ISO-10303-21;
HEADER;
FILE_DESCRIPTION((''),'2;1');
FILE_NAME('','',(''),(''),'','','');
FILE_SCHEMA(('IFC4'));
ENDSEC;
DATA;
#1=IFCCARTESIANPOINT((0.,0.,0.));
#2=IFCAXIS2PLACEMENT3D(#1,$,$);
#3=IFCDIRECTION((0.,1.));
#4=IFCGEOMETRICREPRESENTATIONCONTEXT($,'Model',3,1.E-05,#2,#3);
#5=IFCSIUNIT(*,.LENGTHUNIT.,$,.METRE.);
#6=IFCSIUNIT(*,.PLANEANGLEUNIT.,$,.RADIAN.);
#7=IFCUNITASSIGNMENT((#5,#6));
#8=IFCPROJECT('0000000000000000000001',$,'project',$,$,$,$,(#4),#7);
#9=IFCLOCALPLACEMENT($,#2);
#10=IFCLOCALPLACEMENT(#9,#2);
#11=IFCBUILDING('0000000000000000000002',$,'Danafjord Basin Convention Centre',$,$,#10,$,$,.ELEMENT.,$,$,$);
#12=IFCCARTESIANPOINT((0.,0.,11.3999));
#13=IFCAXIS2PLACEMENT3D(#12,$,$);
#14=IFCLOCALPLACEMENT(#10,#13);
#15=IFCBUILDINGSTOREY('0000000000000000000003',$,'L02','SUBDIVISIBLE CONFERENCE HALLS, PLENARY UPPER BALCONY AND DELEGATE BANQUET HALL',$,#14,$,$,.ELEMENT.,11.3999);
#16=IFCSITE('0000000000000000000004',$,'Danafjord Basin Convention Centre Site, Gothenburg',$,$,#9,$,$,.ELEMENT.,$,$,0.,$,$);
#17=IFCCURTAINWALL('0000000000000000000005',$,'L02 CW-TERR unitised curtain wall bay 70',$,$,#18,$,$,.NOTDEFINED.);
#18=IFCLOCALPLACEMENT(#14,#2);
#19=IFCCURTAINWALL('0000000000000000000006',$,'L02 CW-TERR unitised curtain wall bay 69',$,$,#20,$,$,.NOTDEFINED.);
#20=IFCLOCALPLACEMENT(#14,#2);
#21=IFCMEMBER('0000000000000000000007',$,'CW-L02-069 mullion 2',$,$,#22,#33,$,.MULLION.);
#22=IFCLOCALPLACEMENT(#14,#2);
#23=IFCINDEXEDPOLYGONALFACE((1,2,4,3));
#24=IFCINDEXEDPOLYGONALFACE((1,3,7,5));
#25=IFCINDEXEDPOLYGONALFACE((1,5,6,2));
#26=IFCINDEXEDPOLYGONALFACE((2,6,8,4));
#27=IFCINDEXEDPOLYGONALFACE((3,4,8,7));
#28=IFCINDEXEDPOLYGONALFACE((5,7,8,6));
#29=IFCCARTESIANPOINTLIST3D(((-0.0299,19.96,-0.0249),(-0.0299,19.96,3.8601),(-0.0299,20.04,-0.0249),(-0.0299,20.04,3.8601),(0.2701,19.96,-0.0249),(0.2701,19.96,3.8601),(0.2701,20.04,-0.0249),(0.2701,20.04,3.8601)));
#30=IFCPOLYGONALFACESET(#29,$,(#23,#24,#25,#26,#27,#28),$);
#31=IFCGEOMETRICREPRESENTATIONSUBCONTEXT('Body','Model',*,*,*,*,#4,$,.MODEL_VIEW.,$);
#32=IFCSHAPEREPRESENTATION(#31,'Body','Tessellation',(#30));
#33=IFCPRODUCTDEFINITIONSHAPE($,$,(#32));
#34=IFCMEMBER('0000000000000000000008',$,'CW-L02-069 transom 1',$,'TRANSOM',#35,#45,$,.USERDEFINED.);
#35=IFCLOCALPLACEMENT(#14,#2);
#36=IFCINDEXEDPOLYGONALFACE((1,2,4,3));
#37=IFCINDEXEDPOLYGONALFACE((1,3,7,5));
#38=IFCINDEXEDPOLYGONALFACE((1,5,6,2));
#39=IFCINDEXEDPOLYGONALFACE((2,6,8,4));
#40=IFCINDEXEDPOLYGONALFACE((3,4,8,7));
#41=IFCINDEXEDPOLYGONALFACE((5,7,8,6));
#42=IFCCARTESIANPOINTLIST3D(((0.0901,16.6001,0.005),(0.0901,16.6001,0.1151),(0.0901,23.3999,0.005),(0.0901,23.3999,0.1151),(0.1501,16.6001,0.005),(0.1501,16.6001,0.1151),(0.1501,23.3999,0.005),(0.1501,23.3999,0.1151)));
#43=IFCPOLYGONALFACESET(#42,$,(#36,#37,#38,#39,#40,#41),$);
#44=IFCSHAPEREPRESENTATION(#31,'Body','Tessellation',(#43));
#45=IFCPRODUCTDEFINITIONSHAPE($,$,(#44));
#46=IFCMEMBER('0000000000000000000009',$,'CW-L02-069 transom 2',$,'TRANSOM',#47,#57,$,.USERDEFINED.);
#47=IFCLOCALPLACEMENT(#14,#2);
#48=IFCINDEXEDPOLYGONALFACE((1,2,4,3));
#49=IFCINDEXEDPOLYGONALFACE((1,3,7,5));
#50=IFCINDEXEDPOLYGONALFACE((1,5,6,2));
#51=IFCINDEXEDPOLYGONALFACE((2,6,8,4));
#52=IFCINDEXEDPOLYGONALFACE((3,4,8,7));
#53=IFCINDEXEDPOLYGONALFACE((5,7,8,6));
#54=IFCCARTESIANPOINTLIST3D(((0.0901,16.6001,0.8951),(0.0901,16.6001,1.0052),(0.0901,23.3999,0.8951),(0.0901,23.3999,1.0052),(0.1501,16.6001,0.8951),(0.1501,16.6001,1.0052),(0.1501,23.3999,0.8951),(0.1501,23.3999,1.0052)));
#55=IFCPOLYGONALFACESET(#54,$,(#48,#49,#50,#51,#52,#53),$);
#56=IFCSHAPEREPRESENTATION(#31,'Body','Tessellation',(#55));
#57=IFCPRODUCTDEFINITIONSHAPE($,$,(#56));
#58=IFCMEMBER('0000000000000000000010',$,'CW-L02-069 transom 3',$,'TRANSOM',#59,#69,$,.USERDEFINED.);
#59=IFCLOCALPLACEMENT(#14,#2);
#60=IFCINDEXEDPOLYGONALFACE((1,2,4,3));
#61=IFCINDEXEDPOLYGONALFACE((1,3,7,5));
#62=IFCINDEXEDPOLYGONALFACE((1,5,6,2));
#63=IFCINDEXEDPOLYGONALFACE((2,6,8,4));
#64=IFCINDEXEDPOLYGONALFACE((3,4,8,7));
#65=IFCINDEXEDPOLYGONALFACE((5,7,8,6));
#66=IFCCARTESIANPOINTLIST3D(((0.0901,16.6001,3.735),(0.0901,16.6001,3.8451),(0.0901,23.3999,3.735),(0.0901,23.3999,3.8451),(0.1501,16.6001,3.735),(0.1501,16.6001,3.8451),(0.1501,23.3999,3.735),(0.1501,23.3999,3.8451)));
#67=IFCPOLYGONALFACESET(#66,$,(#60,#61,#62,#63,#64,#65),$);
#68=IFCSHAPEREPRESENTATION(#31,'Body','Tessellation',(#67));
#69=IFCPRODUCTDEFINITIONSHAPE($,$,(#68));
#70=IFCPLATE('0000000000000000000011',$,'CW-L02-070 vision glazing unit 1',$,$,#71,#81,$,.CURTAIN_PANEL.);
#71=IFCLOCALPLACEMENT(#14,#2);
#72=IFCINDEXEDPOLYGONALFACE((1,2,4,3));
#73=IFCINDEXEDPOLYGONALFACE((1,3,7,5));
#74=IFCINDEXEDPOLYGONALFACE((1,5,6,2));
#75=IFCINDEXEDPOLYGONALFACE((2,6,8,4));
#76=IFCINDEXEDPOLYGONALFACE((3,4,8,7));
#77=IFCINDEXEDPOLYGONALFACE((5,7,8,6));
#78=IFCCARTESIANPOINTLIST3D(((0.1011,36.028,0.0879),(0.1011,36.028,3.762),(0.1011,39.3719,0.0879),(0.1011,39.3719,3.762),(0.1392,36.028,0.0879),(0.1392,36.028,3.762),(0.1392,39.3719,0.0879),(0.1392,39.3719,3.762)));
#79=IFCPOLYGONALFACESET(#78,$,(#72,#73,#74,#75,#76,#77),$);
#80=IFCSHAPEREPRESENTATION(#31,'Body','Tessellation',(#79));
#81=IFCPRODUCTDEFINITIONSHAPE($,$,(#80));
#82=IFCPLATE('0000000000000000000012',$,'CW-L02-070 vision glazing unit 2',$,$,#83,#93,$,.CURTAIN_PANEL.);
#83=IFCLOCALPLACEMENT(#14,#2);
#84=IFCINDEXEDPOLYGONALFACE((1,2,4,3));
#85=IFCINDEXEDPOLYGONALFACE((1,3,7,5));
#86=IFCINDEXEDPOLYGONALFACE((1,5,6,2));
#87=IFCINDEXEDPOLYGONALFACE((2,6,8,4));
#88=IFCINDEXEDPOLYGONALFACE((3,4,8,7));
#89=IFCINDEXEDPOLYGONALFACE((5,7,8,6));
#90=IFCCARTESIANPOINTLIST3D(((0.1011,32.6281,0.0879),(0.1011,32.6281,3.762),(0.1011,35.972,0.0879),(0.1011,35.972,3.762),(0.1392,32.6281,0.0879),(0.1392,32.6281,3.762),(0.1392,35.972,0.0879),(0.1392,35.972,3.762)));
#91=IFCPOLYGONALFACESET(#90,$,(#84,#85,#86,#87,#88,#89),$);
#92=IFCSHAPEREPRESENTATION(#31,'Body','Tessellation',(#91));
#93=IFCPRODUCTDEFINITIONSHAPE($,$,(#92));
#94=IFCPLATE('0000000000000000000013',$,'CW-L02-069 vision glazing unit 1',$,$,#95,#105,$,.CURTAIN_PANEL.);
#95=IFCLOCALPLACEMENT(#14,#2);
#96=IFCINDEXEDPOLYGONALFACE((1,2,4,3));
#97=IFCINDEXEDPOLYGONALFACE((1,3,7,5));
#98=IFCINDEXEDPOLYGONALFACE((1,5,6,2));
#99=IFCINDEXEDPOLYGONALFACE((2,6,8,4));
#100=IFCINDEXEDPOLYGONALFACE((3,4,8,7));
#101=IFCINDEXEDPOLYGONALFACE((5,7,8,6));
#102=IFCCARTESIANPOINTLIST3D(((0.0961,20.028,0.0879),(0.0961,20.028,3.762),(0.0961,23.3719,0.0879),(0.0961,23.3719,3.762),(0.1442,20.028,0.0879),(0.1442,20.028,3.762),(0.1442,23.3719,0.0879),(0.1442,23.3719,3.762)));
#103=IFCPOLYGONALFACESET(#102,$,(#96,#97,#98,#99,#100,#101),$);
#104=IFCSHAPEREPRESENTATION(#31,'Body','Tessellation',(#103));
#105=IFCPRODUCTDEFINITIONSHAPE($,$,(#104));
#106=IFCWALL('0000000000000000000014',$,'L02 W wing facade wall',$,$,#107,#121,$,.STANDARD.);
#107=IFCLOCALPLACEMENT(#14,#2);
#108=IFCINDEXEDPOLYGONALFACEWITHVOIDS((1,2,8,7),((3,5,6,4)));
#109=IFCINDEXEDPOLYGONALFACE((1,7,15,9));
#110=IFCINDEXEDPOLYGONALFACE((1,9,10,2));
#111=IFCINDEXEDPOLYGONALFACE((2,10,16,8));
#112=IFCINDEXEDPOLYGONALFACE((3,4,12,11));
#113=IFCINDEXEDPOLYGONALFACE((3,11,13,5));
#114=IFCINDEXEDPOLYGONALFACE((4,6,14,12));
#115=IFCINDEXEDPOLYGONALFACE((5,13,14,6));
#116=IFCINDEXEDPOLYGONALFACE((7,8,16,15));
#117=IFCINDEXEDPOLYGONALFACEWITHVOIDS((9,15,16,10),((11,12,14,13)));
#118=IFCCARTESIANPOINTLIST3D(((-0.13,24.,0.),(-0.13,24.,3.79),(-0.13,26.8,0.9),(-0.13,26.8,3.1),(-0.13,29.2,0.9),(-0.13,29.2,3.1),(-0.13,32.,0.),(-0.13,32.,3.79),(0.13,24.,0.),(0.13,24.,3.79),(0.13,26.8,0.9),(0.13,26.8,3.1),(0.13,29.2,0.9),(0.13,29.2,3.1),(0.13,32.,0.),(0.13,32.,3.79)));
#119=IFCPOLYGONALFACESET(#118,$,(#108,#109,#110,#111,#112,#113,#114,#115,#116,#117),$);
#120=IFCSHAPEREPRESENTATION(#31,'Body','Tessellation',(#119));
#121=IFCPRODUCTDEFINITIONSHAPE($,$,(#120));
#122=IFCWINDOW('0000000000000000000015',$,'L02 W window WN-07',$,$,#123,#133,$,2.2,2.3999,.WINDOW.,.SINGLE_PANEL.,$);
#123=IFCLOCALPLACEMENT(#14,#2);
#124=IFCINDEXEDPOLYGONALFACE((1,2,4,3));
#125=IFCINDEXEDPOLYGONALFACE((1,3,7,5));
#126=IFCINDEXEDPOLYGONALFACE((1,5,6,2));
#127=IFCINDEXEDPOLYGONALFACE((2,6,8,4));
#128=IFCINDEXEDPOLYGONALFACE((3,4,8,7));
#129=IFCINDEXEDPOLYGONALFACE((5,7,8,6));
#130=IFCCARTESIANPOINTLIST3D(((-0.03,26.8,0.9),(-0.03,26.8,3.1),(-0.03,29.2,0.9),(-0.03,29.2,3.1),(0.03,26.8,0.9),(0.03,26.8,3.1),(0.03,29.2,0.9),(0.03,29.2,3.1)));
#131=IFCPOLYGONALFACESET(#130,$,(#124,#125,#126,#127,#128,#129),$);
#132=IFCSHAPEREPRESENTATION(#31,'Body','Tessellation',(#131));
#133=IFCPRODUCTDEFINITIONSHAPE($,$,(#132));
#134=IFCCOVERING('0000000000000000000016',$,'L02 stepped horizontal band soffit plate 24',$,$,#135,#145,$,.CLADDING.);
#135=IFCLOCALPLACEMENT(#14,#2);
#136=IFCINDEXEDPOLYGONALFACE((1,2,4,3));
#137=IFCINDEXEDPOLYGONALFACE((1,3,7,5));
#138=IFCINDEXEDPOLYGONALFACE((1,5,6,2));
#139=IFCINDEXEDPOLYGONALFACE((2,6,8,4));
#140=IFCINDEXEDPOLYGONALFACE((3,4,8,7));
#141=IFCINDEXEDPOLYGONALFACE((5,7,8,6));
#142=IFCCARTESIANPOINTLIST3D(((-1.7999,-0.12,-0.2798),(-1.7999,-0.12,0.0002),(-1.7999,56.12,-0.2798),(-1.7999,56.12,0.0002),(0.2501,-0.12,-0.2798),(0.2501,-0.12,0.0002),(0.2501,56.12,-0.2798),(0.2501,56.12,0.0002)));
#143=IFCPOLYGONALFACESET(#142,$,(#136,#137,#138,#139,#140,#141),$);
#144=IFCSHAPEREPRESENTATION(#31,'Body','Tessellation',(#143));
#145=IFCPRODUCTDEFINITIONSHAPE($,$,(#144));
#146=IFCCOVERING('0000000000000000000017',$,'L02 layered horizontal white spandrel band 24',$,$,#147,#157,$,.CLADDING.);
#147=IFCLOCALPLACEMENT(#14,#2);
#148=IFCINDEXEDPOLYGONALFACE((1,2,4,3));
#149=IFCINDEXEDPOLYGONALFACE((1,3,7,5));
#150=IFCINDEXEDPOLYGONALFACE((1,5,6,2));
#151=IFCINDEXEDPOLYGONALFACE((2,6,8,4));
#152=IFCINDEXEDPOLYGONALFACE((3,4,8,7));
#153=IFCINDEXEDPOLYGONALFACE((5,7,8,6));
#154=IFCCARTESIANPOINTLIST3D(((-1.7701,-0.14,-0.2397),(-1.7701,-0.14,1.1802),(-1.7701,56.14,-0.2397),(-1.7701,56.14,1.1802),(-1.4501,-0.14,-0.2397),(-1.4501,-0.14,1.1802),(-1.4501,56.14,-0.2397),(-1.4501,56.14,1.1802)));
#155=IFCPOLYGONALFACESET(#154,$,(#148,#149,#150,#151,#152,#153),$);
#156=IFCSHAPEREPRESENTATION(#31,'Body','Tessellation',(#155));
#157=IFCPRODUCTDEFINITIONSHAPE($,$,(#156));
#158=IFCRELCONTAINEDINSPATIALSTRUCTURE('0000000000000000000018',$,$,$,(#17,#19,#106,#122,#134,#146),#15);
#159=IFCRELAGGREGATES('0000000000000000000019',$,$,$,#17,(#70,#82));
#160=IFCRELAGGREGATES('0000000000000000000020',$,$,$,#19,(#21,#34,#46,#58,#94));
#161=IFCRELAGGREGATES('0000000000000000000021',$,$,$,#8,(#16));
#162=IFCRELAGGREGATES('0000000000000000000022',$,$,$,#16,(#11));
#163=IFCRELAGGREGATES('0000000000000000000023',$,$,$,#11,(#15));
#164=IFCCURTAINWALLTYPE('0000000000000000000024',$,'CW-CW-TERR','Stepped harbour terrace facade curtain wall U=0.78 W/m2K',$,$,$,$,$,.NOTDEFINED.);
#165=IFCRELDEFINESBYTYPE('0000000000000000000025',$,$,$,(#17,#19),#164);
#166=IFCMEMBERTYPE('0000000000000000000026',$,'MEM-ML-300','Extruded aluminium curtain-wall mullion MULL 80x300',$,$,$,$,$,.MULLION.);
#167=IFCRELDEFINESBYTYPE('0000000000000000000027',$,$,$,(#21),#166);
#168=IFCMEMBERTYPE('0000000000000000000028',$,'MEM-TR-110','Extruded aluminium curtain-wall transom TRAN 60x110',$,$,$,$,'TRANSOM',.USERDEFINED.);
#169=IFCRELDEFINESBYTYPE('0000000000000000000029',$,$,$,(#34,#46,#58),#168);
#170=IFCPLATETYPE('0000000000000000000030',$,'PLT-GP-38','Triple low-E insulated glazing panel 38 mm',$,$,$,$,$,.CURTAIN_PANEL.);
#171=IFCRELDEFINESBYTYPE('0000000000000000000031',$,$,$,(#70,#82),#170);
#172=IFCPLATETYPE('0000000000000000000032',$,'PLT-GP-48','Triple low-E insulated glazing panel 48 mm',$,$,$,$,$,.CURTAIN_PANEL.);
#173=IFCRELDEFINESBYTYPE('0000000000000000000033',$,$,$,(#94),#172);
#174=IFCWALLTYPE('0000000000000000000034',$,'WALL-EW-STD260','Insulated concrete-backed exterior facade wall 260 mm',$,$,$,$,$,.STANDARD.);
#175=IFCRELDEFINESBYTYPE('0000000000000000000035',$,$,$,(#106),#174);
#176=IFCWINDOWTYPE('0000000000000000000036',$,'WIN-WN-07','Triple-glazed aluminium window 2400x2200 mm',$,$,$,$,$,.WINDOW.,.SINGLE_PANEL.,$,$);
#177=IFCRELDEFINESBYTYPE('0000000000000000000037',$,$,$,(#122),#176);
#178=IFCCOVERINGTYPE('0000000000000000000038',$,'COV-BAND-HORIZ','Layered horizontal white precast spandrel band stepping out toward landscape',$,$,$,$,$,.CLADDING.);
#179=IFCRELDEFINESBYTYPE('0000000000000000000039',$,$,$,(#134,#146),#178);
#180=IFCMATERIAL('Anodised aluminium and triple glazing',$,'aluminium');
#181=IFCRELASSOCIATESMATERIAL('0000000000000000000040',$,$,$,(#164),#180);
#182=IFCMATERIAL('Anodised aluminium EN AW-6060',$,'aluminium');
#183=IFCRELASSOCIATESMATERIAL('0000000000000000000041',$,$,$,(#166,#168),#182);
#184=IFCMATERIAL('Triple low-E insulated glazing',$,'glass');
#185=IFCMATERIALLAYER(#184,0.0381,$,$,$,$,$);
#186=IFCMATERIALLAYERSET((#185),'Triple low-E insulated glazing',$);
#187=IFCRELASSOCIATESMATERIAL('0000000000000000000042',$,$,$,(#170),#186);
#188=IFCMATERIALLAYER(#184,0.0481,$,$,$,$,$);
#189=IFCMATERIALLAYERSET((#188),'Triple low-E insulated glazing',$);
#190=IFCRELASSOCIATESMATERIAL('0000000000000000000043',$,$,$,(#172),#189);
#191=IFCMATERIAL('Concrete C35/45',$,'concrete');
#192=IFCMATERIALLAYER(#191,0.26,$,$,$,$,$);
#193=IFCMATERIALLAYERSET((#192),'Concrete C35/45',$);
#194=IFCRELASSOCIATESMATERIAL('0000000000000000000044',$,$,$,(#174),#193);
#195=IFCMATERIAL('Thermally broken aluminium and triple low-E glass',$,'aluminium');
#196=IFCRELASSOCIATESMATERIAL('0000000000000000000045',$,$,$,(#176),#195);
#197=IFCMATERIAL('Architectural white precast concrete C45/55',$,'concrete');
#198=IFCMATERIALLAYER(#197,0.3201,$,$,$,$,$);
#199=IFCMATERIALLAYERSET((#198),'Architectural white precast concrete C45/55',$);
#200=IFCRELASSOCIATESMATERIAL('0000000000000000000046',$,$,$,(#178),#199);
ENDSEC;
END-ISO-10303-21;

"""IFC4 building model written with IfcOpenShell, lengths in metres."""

from ifc_helpers import new_model, si_unit, direction, frame, frame_2d, origin, origin_2d, place, context, subcontext, project, spatial, rectangle, extrude, material, layer, layer_set, material_profile, profile_set, type_object, element, fill, aggregate, save


model = new_model("IFC4")

# Units and contexts
model_context = context("Model", 3, precision=1e-05, world=origin(), true_north=direction((0.0, 1.0)))
body_context = subcontext(model_context, "Body", "Model", "MODEL_VIEW")
ifc_project = project(units=[si_unit("LENGTHUNIT", "METRE"), si_unit("PLANEANGLEUNIT", "RADIAN")], contexts=[model_context])

# Site, building, storey
site_placement = place(None, origin())
site = spatial("IfcSite", under=ifc_project, at=site_placement, Name="Danafjord Basin Convention Centre Site, Gothenburg", CompositionType="ELEMENT", RefElevation=0.0)
building_placement = place(site_placement, origin())
building = spatial("IfcBuilding", under=site, at=building_placement, Name="Danafjord Basin Convention Centre", CompositionType="ELEMENT")
storey_placement = place(building_placement, frame((0.0, 0.0, 11.3999)))
storey = spatial("IfcBuildingStorey", under=building, at=storey_placement, Name="L02", Description="SUBDIVISIBLE CONFERENCE HALLS, PLENARY UPPER BALCONY AND DELEGATE BANQUET HALL", CompositionType="ELEMENT", Elevation=11.3999)

# Curtain walls, members
ifc_material_1 = material(Name="Anodised aluminium and triple glazing", Category="aluminium")
curtain_wall_type = type_object("IfcCurtainWallType", Name="CW-CW-TERR", Description="Stepped harbour terrace facade curtain wall U=0.78 W/m2K", PredefinedType="NOTDEFINED", material=ifc_material_1)
curtain_wall_1_placement = place(storey_placement, origin())
curtain_wall_1 = element("IfcCurtainWall", 1, at=curtain_wall_1_placement, inside=storey, type_object=curtain_wall_type, Name="L02 CW-TERR unitised curtain wall bay 70", PredefinedType="NOTDEFINED")
ifc_material_2 = material(Name="Anodised aluminium EN AW-6060", Category="aluminium")
curtain_wall_2_placement = place(storey_placement, origin())
curtain_wall_2 = element("IfcCurtainWall", 2, at=curtain_wall_2_placement, inside=storey, type_object=curtain_wall_type, Name="L02 CW-TERR unitised curtain wall bay 69", PredefinedType="NOTDEFINED")
ifc_material_profile_1 = material_profile(ifc_material_2, rectangle(XDim=0.0801, YDim=0.3, at=origin_2d()), Name="MULL 80x300")
ifc_profile_set_1 = profile_set([ifc_material_profile_1], Name="Anodised aluminium EN AW-6060")
member_type_1 = type_object("IfcMemberType", Name="MEM-ML-300", Description="Extruded aluminium curtain-wall mullion MULL 80x300", PredefinedType="MULLION", material=ifc_profile_set_1)
member_1_placement = place(storey_placement, frame((0.1201, 20.0, -0.0249), z_axis=(0.0, 0.0, 1.0), x_axis=(0.0, -1.0, 0.0)))
member_1 = element("IfcMember", 3, at=member_1_placement, type_object=member_type_1, Name="CW-L02-069 mullion 2", PredefinedType="MULLION", context=body_context, shape_type="SweptSolid", body=[
    extrude(rectangle(XDim=0.0801, YDim=0.3, at=origin_2d()), origin(), (0.0, 0.0, 1.0), 3.885),
])
ifc_material_profile_2 = material_profile(ifc_material_2, rectangle(XDim=0.0601, YDim=0.1101, at=origin_2d()), Name="TRAN 60x110")
ifc_profile_set_2 = profile_set([ifc_material_profile_2], Name="Anodised aluminium EN AW-6060")
member_type_2 = type_object("IfcMemberType", Name="MEM-TR-110", Description="Extruded aluminium curtain-wall transom TRAN 60x110", ElementType="TRANSOM", PredefinedType="USERDEFINED", material=ifc_profile_set_2)
member_2_placement = place(storey_placement, frame((0.1201, 23.3999, 0.0601), z_axis=(0.0, -1.0, 0.0), x_axis=(1.0, 0.0, 0.0)))
member_2 = element("IfcMember", 4, at=member_2_placement, type_object=member_type_2, Name="CW-L02-069 transom 1", ObjectType="TRANSOM", PredefinedType="USERDEFINED", context=body_context, shape_type="SweptSolid", body=[
    extrude(rectangle(XDim=0.0601, YDim=0.1101, at=origin_2d()), origin(), (0.0, 0.0, 1.0), 6.7998),
])
member_3_placement = place(storey_placement, frame((0.1201, 23.3999, 0.9502), z_axis=(0.0, -1.0, 0.0), x_axis=(1.0, 0.0, 0.0)))
member_3 = element("IfcMember", 5, at=member_3_placement, type_object=member_type_2, Name="CW-L02-069 transom 2", ObjectType="TRANSOM", PredefinedType="USERDEFINED", context=body_context, shape_type="SweptSolid", body=[
    extrude(rectangle(XDim=0.0601, YDim=0.1101, at=origin_2d()), origin(), (0.0, 0.0, 1.0), 6.7998),
])
member_4_placement = place(storey_placement, frame((0.1201, 23.3999, 3.79), z_axis=(0.0, -1.0, 0.0), x_axis=(1.0, 0.0, 0.0)))
member_4 = element("IfcMember", 6, at=member_4_placement, type_object=member_type_2, Name="CW-L02-069 transom 3", ObjectType="TRANSOM", PredefinedType="USERDEFINED", context=body_context, shape_type="SweptSolid", body=[
    extrude(rectangle(XDim=0.0601, YDim=0.1101, at=origin_2d()), origin(), (0.0, 0.0, 1.0), 6.7998),
])

# Plates
ifc_material_3 = material(Name="Triple low-E insulated glazing", Category="glass")
ifc_layer_1 = layer(ifc_material_3, 0.0381)
ifc_layer_set_1 = layer_set([ifc_layer_1], Name="Triple low-E insulated glazing")
plate_type_1 = type_object("IfcPlateType", Name="PLT-GP-38", Description="Triple low-E insulated glazing panel 38 mm", PredefinedType="CURTAIN_PANEL", material=ifc_layer_set_1)
plate_1_placement = place(storey_placement, frame((0.1201, 37.7, 0.0879), z_axis=(0.0, 0.0, 1.0), x_axis=(0.0, -1.0, 0.0)))
plate_1 = element("IfcPlate", 7, at=plate_1_placement, type_object=plate_type_1, Name="CW-L02-070 vision glazing unit 1", PredefinedType="CURTAIN_PANEL", context=body_context, shape_type="SweptSolid", body=[
    extrude(rectangle(XDim=3.344, YDim=0.0381, at=origin_2d()), origin(), (0.0, 0.0, 1.0), 3.6741),
])
plate_2_placement = place(storey_placement, frame((0.1201, 34.3, 0.0879), z_axis=(0.0, 0.0, 1.0), x_axis=(0.0, -1.0, 0.0)))
plate_2 = element("IfcPlate", 8, at=plate_2_placement, type_object=plate_type_1, Name="CW-L02-070 vision glazing unit 2", PredefinedType="CURTAIN_PANEL", context=body_context, shape_type="SweptSolid", body=[
    extrude(rectangle(XDim=3.344, YDim=0.0381, at=origin_2d()), origin(), (0.0, 0.0, 1.0), 3.6741),
])
aggregate(curtain_wall_1, [plate_1, plate_2])
ifc_layer_2 = layer(ifc_material_3, 0.0481)
ifc_layer_set_2 = layer_set([ifc_layer_2], Name="Triple low-E insulated glazing")
plate_type_2 = type_object("IfcPlateType", Name="PLT-GP-48", Description="Triple low-E insulated glazing panel 48 mm", PredefinedType="CURTAIN_PANEL", material=ifc_layer_set_2)
plate_3_placement = place(storey_placement, frame((0.1201, 21.7, 0.0879), z_axis=(0.0, 0.0, 1.0), x_axis=(0.0, -1.0, 0.0)))
plate_3 = element("IfcPlate", 9, at=plate_3_placement, type_object=plate_type_2, Name="CW-L02-069 vision glazing unit 1", PredefinedType="CURTAIN_PANEL", context=body_context, shape_type="SweptSolid", body=[
    extrude(rectangle(XDim=3.344, YDim=0.0481, at=origin_2d()), origin(), (0.0, 0.0, 1.0), 3.6741),
])
aggregate(curtain_wall_2, [member_1, member_2, member_3, member_4, plate_3])

# Wall, opening, window
ifc_material_4 = material(Name="Concrete C35/45", Category="concrete")
ifc_layer_3 = layer(ifc_material_4, 0.26)
ifc_layer_set_3 = layer_set([ifc_layer_3], Name="Concrete C35/45")
wall_type = type_object("IfcWallType", Name="WALL-EW-STD260", Description="Insulated concrete-backed exterior facade wall 260 mm", PredefinedType="STANDARD", material=ifc_layer_set_3)
wall_placement = place(storey_placement, frame((0.0, 24.0, 0.0), z_axis=(0.0, 0.0, 1.0), x_axis=(0.0, 1.0, 0.0)))
wall = element("IfcWall", 10, at=wall_placement, inside=storey, type_object=wall_type, Name="L02 W wing facade wall", PredefinedType="STANDARD", context=body_context, shape_type="SweptSolid", body=[
    extrude(rectangle(XDim=8.0, YDim=0.26, at=frame_2d((4.0, 0.0))), origin(), (0.0, 0.0, 1.0), 3.79),
])
opening_placement = place(wall_placement, frame((2.8, 0.0, 0.8999)))
opening = element("IfcOpeningElement", 11, at=opening_placement, cuts=wall, PredefinedType="OPENING", context=body_context, shape_type="SweptSolid", body=[
    extrude(rectangle(XDim=2.3999, YDim=2.2, at=frame_2d((1.2, 1.1001))), frame((0.0, 0.1399, 0.0), z_axis=(0.0, -1.0, 0.0), x_axis=(1.0, 0.0, 0.0)), (0.0, 0.0, 1.0), 0.28),
])
ifc_material_5 = material(Name="Thermally broken aluminium and triple low-E glass", Category="aluminium")
window_type = type_object("IfcWindowType", Name="WIN-WN-07", Description="Triple-glazed aluminium window 2400x2200 mm", PartitioningType="SINGLE_PANEL", PredefinedType="WINDOW", material=ifc_material_5)
window_placement = place(opening_placement, origin())
window = element("IfcWindow", 12, at=window_placement, inside=storey, type_object=window_type, Name="L02 W window WN-07", OverallHeight=2.2, OverallWidth=2.3999, PartitioningType="SINGLE_PANEL", PredefinedType="WINDOW", context=body_context, shape_type="SweptSolid", body=[
    extrude(rectangle(XDim=2.3999, YDim=2.2, at=frame_2d((1.2, 1.1001))), frame((0.0, 0.03, 0.0), z_axis=(0.0, -1.0, 0.0), x_axis=(1.0, 0.0, 0.0)), (0.0, 0.0, 1.0), 0.0601),
])
fill(opening, window)

# Coverings
ifc_material_6 = material(Name="Architectural white precast concrete C45/55", Category="concrete")
ifc_layer_4 = layer(ifc_material_6, 0.3201)
ifc_layer_set_4 = layer_set([ifc_layer_4], Name="Architectural white precast concrete C45/55")
covering_type = type_object("IfcCoveringType", Name="COV-BAND-HORIZ", Description="Layered horizontal white precast spandrel band stepping out toward landscape", PredefinedType="CLADDING", material=ifc_layer_set_4)
covering_1_placement = place(storey_placement, frame((-0.7749, 28.0, -0.2798), z_axis=(0.0, 0.0, 1.0), x_axis=(0.0, -1.0, 0.0)))
element("IfcCovering", 13, at=covering_1_placement, inside=storey, type_object=covering_type, Name="L02 stepped horizontal band soffit plate 24", PredefinedType="CLADDING", context=body_context, shape_type="SweptSolid", body=[
    extrude(rectangle(XDim=56.24, YDim=2.05, at=origin_2d()), origin(), (0.0, 0.0, 1.0), 0.28),
])
covering_2_placement = place(storey_placement, frame((-1.6101, 28.0, -0.2397), z_axis=(0.0, 0.0, 1.0), x_axis=(0.0, -1.0, 0.0)))
element("IfcCovering", 14, at=covering_2_placement, inside=storey, type_object=covering_type, Name="L02 layered horizontal white spandrel band 24", PredefinedType="CLADDING", context=body_context, shape_type="SweptSolid", body=[
    extrude(rectangle(XDim=56.28, YDim=0.3201, at=origin_2d()), origin(), (0.0, 0.0, 1.0), 1.4199),
])

save(model, "model.ifc")
